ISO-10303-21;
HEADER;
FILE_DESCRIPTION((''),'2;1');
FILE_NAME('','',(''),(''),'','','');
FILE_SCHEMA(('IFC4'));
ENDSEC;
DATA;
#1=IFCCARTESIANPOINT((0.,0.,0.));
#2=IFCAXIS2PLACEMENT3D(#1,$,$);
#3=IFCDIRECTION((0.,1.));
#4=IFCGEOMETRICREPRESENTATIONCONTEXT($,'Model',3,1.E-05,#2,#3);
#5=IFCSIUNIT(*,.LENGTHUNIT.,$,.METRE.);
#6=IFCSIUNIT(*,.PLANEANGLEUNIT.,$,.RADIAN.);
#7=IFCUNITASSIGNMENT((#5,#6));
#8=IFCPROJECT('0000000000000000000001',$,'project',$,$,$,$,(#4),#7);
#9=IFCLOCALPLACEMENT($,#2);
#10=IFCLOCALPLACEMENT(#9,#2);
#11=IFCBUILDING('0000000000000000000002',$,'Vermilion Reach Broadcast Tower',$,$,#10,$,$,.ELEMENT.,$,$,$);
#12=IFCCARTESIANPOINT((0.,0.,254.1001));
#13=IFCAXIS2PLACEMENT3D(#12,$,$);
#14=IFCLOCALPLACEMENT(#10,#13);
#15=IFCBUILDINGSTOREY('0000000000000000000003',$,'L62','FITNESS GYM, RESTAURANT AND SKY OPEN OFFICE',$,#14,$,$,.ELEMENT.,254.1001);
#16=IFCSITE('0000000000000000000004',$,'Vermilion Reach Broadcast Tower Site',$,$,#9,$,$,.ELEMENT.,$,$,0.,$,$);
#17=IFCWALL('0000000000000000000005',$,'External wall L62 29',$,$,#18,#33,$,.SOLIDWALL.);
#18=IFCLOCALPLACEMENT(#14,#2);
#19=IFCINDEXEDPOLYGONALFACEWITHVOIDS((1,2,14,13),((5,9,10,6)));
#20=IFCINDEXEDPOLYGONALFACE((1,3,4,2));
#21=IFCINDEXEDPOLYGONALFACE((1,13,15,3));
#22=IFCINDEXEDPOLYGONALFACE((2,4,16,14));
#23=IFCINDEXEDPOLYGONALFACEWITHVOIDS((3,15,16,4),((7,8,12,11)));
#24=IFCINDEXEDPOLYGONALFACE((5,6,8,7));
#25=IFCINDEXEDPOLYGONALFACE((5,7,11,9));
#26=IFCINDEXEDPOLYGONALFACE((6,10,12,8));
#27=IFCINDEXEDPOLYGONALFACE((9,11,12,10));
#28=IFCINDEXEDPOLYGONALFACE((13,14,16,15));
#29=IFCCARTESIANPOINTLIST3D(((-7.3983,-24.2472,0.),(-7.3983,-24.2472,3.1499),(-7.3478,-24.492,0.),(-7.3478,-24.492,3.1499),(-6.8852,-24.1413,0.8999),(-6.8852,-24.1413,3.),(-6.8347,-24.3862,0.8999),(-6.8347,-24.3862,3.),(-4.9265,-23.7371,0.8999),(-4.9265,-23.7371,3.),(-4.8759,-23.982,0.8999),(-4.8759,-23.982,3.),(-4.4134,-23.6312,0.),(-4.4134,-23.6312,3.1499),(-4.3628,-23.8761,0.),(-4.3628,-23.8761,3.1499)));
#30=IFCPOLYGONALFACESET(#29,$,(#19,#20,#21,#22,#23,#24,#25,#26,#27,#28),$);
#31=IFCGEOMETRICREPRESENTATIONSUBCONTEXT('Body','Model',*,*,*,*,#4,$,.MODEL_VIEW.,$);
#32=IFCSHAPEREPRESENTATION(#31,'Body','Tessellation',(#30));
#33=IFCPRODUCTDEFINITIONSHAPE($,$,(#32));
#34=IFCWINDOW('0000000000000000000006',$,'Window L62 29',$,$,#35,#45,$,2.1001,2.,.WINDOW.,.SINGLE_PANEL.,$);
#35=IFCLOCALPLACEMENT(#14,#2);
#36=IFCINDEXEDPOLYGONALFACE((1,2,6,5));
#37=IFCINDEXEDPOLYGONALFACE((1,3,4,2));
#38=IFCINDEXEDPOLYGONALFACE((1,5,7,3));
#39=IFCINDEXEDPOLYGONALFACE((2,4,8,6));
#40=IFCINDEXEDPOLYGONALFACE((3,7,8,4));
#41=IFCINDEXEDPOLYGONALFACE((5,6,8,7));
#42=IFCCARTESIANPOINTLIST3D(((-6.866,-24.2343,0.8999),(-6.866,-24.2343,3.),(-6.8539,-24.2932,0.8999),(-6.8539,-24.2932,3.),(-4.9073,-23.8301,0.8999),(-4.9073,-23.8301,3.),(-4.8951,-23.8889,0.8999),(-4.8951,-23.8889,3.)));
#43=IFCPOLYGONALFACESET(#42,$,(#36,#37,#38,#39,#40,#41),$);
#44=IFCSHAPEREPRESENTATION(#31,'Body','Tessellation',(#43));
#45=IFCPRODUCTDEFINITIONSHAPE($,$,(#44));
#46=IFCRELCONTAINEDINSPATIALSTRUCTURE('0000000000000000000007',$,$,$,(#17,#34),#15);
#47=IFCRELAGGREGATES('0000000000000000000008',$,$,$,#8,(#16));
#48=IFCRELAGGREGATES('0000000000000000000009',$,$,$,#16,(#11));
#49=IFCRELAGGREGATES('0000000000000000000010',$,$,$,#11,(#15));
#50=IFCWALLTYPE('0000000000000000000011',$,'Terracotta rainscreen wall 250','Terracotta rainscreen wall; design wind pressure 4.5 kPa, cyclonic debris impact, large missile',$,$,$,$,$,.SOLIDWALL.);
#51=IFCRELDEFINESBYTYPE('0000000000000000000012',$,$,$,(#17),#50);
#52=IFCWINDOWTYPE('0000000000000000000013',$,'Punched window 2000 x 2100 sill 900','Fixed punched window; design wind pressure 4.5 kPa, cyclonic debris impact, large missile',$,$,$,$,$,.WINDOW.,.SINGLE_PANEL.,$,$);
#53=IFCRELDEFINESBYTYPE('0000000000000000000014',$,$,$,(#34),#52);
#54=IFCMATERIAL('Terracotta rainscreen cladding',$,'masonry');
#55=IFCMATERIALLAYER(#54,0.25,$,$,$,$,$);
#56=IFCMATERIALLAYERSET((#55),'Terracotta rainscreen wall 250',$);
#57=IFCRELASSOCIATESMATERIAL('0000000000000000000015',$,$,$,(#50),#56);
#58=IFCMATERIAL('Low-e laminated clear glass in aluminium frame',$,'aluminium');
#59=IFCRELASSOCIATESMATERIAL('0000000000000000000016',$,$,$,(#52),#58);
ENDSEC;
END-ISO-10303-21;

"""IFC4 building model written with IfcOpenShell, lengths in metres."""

from ifc_helpers import new_model, si_unit, direction, frame, frame_2d, origin, place, context, subcontext, project, spatial, rectangle, extrude, material, layer, layer_set, type_object, element, fill, save


model = new_model("IFC4")

# Units and contexts
model_context = context("Model", 3, precision=1e-05, world=origin(), true_north=direction((0.0, 1.0)))
body_context = subcontext(model_context, "Body", "Model", "MODEL_VIEW")
ifc_project = project(units=[si_unit("LENGTHUNIT", "METRE"), si_unit("PLANEANGLEUNIT", "RADIAN")], contexts=[model_context])

# Site, building, storey
site_placement = place(None, origin())
site = spatial("IfcSite", under=ifc_project, at=site_placement, Name="Vermilion Reach Broadcast Tower Site", CompositionType="ELEMENT", RefElevation=0.0)
building_placement = place(site_placement, origin())
building = spatial("IfcBuilding", under=site, at=building_placement, Name="Vermilion Reach Broadcast Tower", CompositionType="ELEMENT")
storey_placement = place(building_placement, frame((0.0, 0.0, 254.1001)))
storey = spatial("IfcBuildingStorey", under=building, at=storey_placement, Name="L62", Description="FITNESS GYM, RESTAURANT AND SKY OPEN OFFICE", CompositionType="ELEMENT", Elevation=254.1001)

# Shared definitions
ifc_material_1 = material(Name="Terracotta rainscreen cladding", Category="masonry")
ifc_layer_1 = layer(ifc_material_1, 0.25)
ifc_layer_set_1 = layer_set([ifc_layer_1], Name="Terracotta rainscreen wall 250")
wall_type = type_object("IfcWallType", Name="Terracotta rainscreen wall 250", Description="Terracotta rainscreen wall; design wind pressure 4.5 kPa, cyclonic debris impact, large missile", PredefinedType="SOLIDWALL", material=ifc_layer_set_1)

# Shared definitions
ifc_material_2 = material(Name="Low-e laminated clear glass in aluminium frame", Category="aluminium")
window_type = type_object("IfcWindowType", Name="Punched window 2000 x 2100 sill 900", Description="Fixed punched window; design wind pressure 4.5 kPa, cyclonic debris impact, large missile", PartitioningType="SINGLE_PANEL", PredefinedType="WINDOW", material=ifc_material_2)

# Wall, opening, window
wall_1_placement = place(storey_placement, frame((-7.373, -24.3696, 0.0), z_axis=(0.0, 0.0, 1.0), x_axis=(0.979364, 0.202105, 0.0)))
wall_1 = element("IfcWall", 1, at=wall_1_placement, inside=storey, type_object=wall_type, Name="External wall L62 29", PredefinedType="SOLIDWALL", context=body_context, shape_type="SweptSolid", body=[
    extrude(rectangle(XDim=3.0479, YDim=0.25, at=frame_2d((1.5239, 0.0))), origin(), (0.0, 0.0, 1.0), 3.1499),
])
opening_1_placement = place(wall_1_placement, frame((0.5239, 0.0, 0.8999)))
opening_1 = element("IfcOpeningElement", 2, at=opening_1_placement, cuts=wall_1, PredefinedType="OPENING", context=body_context, shape_type="SweptSolid", body=[
    extrude(rectangle(XDim=2.0, YDim=2.1001, at=frame_2d((1.0, 1.05))), frame((0.0, 0.135, 0.0), z_axis=(0.0, -1.0, 0.0), x_axis=(1.0, 0.0, 0.0)), (0.0, 0.0, 1.0), 0.27),
])
window_1_placement = place(opening_1_placement, origin())
window_1 = element("IfcWindow", 3, at=window_1_placement, inside=storey, type_object=window_type, Name="Window L62 29", OverallHeight=2.1001, OverallWidth=2.0, PartitioningType="SINGLE_PANEL", PredefinedType="WINDOW", context=body_context, shape_type="SweptSolid", body=[
    extrude(rectangle(XDim=2.0, YDim=2.1001, at=frame_2d((1.0, 1.05))), frame((0.0, 0.03, 0.0), z_axis=(0.0, -1.0, 0.0), x_axis=(1.0, 0.0, 0.0)), (0.0, 0.0, 1.0), 0.0601),
])
fill(opening_1, window_1)

save(model, "model.ifc")
